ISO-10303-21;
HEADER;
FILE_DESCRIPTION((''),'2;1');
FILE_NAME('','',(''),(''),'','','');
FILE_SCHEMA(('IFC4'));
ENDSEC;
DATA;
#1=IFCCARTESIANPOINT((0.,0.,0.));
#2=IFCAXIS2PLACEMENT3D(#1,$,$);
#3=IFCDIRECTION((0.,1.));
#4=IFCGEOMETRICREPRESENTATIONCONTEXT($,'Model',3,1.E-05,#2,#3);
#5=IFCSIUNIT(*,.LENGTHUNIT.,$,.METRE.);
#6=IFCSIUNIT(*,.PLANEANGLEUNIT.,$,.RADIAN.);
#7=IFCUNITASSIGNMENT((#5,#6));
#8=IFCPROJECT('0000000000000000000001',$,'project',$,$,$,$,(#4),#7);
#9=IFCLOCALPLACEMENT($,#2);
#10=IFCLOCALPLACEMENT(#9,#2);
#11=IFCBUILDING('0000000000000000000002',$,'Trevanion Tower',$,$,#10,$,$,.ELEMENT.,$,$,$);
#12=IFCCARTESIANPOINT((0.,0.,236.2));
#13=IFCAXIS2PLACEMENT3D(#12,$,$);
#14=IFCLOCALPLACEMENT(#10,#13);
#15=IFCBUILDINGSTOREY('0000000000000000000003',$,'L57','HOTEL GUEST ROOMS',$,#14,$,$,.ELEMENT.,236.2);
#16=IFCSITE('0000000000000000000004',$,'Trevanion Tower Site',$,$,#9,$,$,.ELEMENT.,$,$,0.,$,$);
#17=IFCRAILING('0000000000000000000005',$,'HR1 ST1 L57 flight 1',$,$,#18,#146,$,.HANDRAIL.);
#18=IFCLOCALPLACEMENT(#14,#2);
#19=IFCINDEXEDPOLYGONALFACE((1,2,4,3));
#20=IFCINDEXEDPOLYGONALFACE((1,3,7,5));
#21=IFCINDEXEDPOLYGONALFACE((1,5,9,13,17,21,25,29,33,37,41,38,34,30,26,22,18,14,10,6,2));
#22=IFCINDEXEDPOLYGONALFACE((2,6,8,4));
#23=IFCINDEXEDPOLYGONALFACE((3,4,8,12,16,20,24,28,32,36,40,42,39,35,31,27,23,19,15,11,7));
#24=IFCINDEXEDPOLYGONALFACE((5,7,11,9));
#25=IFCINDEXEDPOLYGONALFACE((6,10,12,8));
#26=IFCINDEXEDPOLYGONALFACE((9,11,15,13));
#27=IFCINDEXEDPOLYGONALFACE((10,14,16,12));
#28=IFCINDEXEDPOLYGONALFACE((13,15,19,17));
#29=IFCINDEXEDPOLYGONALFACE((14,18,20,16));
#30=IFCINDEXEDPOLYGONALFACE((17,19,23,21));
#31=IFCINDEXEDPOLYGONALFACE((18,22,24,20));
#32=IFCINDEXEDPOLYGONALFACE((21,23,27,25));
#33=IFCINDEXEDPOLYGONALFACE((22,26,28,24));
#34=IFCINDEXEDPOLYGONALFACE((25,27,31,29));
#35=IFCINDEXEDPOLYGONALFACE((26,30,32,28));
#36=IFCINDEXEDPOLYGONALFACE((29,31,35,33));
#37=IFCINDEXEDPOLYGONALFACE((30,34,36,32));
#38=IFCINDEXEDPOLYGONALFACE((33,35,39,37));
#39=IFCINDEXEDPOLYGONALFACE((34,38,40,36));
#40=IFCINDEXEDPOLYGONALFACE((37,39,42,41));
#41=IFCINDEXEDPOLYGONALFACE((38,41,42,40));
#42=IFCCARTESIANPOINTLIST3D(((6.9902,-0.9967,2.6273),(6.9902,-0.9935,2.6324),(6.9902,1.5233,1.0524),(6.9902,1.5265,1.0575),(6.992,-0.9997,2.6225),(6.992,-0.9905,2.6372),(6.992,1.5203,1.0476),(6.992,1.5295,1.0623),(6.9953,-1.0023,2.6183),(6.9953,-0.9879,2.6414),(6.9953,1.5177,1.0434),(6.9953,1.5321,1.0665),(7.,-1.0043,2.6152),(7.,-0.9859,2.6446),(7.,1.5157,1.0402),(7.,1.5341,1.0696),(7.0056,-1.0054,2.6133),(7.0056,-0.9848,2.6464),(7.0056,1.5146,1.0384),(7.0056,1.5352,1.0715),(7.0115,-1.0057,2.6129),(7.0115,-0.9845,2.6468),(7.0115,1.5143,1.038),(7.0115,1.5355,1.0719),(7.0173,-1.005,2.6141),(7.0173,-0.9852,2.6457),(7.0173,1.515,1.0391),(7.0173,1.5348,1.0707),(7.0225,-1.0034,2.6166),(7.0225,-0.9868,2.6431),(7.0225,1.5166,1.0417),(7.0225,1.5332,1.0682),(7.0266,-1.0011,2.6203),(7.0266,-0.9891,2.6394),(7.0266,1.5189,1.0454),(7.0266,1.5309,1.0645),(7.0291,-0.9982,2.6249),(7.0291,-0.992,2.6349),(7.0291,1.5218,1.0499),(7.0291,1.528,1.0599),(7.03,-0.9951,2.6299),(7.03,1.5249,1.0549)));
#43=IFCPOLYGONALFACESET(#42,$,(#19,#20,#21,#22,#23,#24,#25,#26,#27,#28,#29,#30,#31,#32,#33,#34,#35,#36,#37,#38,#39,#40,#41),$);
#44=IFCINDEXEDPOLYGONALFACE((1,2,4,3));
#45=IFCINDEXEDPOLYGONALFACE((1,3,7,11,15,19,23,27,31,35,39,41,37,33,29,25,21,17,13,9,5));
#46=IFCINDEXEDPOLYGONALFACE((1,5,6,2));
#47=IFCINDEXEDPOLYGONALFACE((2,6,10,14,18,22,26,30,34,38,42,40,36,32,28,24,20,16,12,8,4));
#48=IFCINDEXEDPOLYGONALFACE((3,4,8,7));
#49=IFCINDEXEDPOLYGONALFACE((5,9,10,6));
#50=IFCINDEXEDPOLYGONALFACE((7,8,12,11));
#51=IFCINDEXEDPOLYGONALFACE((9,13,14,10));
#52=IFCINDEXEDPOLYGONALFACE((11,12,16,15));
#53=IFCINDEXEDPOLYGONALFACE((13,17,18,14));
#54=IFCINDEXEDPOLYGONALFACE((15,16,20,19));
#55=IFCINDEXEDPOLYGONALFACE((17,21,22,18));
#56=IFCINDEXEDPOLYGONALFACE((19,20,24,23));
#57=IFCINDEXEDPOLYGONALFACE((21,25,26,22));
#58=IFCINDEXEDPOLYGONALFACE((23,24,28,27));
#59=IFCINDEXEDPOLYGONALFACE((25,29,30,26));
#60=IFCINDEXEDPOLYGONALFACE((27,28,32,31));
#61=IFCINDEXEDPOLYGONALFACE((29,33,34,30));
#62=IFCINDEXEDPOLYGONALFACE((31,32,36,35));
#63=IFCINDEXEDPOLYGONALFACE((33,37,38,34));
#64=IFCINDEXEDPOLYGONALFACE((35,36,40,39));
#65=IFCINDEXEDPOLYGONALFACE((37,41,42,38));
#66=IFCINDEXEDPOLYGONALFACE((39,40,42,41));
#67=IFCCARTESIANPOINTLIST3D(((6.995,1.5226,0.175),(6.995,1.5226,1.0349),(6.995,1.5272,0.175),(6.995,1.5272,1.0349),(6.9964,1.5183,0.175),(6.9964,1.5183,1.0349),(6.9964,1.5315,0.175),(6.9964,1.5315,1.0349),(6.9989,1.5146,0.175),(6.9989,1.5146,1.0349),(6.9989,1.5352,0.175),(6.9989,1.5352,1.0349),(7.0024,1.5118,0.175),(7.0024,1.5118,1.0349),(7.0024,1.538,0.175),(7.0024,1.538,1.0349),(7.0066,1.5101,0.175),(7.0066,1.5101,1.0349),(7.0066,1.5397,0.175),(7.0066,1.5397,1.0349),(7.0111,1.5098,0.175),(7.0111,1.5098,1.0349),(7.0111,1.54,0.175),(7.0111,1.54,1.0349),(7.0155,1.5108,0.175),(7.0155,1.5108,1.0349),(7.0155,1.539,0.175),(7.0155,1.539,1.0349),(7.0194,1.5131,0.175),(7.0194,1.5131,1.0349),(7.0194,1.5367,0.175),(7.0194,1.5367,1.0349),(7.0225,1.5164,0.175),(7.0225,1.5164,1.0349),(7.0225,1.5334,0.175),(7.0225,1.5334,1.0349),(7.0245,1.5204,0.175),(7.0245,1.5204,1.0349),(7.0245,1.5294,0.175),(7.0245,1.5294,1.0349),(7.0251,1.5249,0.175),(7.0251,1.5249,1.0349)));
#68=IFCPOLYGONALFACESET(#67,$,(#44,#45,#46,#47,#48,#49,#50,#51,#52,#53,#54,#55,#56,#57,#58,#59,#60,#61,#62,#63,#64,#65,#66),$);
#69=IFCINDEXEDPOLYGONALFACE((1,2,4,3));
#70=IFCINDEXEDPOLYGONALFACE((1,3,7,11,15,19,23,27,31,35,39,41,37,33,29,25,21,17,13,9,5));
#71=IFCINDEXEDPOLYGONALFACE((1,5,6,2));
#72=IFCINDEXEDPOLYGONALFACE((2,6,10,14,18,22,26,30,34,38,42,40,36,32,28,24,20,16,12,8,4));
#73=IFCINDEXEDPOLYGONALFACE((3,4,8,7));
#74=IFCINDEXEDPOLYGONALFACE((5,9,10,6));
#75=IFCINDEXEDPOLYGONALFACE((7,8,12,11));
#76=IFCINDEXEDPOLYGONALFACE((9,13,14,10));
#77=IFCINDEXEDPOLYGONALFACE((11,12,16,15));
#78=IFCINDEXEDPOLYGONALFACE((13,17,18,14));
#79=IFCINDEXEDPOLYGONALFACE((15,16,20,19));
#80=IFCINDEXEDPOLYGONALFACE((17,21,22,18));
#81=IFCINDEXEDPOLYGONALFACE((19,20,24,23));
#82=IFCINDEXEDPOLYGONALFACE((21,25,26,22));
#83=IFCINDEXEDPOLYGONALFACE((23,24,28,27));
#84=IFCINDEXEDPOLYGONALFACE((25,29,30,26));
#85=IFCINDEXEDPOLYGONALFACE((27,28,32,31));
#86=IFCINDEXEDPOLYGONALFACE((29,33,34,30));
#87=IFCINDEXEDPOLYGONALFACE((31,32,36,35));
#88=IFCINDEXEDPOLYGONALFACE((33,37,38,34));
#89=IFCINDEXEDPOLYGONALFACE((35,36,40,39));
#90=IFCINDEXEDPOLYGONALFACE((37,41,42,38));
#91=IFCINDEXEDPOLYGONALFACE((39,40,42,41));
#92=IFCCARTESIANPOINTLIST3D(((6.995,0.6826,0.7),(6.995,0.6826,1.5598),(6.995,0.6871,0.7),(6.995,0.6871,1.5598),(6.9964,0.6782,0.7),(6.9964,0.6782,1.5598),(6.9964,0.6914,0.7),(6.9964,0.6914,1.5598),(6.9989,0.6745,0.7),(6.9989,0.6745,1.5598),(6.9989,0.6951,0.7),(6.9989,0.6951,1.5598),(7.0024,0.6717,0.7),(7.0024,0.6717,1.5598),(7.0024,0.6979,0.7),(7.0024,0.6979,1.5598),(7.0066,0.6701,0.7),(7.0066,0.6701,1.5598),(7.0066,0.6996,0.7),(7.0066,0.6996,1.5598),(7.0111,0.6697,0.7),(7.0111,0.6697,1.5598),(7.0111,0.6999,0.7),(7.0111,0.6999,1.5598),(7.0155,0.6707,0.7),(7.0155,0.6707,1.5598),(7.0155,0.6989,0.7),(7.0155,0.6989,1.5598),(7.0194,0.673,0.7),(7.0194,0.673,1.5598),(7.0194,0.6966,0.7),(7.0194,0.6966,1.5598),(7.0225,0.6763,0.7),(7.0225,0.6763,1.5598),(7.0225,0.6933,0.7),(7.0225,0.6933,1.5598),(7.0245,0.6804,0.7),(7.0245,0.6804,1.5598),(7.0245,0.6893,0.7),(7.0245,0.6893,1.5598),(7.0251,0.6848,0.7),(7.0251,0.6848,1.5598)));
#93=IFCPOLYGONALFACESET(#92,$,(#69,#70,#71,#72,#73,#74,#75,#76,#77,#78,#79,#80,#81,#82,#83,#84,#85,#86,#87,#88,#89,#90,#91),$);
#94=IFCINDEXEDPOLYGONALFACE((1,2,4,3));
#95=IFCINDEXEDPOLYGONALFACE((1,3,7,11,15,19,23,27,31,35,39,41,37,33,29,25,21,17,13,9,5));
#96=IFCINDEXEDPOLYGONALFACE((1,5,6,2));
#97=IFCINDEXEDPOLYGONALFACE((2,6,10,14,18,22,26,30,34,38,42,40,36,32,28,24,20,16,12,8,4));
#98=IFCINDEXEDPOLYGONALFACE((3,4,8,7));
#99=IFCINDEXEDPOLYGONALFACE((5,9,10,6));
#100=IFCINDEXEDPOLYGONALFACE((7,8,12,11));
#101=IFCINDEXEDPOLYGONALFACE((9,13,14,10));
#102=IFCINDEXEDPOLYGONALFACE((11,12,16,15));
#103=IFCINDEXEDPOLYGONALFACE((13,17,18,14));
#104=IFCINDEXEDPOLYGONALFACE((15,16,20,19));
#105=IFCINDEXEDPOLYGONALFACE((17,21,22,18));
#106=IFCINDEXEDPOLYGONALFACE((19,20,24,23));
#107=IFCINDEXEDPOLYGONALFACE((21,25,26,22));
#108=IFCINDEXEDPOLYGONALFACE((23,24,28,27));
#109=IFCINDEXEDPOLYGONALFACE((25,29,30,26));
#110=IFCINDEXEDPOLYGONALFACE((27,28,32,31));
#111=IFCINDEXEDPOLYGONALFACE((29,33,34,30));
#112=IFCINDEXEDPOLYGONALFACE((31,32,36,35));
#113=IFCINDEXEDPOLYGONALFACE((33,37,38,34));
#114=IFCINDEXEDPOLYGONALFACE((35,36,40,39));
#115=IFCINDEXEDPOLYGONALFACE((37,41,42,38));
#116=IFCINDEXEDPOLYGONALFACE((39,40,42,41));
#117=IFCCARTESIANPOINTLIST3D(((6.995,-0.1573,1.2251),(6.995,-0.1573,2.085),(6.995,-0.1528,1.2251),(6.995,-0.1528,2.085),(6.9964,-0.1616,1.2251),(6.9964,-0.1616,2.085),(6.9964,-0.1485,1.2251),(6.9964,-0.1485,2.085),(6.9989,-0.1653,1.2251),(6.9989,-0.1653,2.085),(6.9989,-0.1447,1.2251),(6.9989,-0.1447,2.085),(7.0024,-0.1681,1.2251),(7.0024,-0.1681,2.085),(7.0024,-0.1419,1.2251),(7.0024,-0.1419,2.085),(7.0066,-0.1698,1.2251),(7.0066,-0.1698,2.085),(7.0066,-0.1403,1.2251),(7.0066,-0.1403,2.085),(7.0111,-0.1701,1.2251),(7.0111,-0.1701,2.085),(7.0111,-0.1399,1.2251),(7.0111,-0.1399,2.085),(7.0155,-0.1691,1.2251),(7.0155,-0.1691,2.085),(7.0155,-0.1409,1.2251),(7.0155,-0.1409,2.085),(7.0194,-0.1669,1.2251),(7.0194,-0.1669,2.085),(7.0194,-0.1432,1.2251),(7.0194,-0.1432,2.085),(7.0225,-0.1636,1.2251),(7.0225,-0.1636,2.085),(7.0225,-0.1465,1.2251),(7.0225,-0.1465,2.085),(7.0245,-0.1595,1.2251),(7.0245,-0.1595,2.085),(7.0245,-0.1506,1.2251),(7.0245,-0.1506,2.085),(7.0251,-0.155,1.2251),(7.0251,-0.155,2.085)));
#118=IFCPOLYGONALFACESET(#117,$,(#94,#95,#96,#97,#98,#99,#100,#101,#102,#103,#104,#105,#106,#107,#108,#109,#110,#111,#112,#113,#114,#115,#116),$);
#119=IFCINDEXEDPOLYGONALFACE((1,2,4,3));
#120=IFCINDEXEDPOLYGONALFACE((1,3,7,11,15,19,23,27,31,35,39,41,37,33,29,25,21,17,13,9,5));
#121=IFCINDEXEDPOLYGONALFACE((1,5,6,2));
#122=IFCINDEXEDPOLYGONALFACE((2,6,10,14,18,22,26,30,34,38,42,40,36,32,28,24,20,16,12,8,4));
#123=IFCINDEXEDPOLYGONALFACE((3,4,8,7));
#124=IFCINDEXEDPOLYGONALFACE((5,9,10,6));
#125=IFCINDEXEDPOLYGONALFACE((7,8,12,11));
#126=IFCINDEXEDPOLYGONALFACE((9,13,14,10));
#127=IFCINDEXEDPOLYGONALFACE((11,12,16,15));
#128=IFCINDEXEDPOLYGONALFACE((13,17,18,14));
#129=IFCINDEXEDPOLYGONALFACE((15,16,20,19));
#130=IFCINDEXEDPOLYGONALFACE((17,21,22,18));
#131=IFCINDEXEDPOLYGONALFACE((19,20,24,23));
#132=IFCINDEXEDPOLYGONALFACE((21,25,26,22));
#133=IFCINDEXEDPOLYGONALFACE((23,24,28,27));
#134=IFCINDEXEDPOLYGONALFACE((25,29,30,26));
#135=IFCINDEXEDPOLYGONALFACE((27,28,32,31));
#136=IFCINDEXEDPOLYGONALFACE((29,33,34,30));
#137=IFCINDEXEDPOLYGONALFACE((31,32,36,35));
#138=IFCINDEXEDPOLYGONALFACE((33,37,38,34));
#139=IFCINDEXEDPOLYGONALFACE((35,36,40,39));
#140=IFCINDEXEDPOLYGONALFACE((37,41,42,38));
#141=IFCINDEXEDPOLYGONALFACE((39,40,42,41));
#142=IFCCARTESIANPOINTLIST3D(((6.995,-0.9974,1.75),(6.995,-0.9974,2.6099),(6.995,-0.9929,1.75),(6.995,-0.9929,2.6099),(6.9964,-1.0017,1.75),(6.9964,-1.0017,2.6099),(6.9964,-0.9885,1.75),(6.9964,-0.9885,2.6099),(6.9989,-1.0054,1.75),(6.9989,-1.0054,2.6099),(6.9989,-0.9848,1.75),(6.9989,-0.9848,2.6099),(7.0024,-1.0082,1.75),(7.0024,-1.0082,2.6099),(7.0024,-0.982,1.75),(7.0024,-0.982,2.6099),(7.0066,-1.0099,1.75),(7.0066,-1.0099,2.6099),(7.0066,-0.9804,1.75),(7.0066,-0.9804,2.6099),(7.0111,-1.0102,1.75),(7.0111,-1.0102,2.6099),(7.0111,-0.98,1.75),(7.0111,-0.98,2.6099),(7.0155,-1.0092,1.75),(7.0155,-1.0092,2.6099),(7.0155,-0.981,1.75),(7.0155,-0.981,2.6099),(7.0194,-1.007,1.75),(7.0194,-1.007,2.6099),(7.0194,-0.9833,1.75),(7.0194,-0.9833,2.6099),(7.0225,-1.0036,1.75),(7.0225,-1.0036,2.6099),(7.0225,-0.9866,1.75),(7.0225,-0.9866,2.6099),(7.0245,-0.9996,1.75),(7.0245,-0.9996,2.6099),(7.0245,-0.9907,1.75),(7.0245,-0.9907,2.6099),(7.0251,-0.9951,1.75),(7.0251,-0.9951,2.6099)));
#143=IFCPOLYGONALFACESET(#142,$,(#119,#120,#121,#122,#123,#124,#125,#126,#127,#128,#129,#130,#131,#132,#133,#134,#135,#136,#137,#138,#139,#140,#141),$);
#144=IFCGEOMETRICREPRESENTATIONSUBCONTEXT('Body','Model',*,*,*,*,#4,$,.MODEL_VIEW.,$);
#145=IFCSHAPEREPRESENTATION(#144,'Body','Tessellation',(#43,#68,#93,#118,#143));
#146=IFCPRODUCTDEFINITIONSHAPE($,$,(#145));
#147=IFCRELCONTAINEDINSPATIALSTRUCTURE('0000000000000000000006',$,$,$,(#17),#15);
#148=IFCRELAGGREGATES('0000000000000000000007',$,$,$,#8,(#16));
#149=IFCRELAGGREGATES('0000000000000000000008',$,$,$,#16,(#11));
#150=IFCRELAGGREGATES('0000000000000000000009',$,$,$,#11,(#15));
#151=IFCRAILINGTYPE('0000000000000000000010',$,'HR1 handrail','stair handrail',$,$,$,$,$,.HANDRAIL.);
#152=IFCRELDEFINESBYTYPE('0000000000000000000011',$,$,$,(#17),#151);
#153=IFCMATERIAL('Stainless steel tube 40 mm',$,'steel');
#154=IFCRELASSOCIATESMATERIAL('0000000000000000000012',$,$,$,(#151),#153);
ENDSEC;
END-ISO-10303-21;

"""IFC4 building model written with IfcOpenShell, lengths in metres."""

from ifc_helpers import new_model, si_unit, direction, frame, origin, origin_2d, place, context, subcontext, project, spatial, circle, extrude, material, type_object, element, save


model = new_model("IFC4")

# Units and contexts
model_context = context("Model", 3, precision=1e-05, world=origin(), true_north=direction((0.0, 1.0)))
body_context = subcontext(model_context, "Body", "Model", "MODEL_VIEW")
ifc_project = project(units=[si_unit("LENGTHUNIT", "METRE"), si_unit("PLANEANGLEUNIT", "RADIAN")], contexts=[model_context])

# Site, building, storey
site_placement = place(None, origin())
site = spatial("IfcSite", under=ifc_project, at=site_placement, Name="Trevanion Tower Site", CompositionType="ELEMENT", RefElevation=0.0)
building_placement = place(site_placement, origin())
building = spatial("IfcBuilding", under=site, at=building_placement, Name="Trevanion Tower", CompositionType="ELEMENT")
storey_placement = place(building_placement, frame((0.0, 0.0, 236.2)))
storey = spatial("IfcBuildingStorey", under=building, at=storey_placement, Name="L57", Description="HOTEL GUEST ROOMS", CompositionType="ELEMENT", Elevation=236.2)

# Railing
ifc_material_1 = material(Name="Stainless steel tube 40 mm", Category="steel")
railing_type = type_object("IfcRailingType", Name="HR1 handrail", Description="stair handrail", PredefinedType="HANDRAIL", material=ifc_material_1)
for number, where, name in (
    (1, (7.01, 1.5249, 0.175), "HR1 ST1 L57 flight 1"),
):
    element("IfcRailing", number, at=place(storey_placement, frame(where)), inside=storey, type_object=railing_type, Name=name, PredefinedType="HANDRAIL", context=body_context, shape_type="SweptSolid", body=[
        extrude(circle(Radius=0.02, at=origin_2d()), frame((0.0, 0.0, 0.8799), z_axis=(0.0, -0.848008, 0.529984), x_axis=(1.0, 0.0, 0.0)), (0.0, 0.0, 1.0), 2.9717),
        extrude(circle(Radius=0.0151, at=origin_2d()), origin(), (0.0, 0.0, 1.0), 0.8599),
        extrude(circle(Radius=0.0151, at=origin_2d()), frame((0.0, -0.8401, 0.5249)), (0.0, 0.0, 1.0), 0.8599),
        extrude(circle(Radius=0.0151, at=origin_2d()), frame((0.0, -1.6799, 1.05)), (0.0, 0.0, 1.0), 0.8599),
        extrude(circle(Radius=0.0151, at=origin_2d()), frame((0.0, -2.52, 1.575)), (0.0, 0.0, 1.0), 0.8599),
    ])

save(model, "model.ifc")
